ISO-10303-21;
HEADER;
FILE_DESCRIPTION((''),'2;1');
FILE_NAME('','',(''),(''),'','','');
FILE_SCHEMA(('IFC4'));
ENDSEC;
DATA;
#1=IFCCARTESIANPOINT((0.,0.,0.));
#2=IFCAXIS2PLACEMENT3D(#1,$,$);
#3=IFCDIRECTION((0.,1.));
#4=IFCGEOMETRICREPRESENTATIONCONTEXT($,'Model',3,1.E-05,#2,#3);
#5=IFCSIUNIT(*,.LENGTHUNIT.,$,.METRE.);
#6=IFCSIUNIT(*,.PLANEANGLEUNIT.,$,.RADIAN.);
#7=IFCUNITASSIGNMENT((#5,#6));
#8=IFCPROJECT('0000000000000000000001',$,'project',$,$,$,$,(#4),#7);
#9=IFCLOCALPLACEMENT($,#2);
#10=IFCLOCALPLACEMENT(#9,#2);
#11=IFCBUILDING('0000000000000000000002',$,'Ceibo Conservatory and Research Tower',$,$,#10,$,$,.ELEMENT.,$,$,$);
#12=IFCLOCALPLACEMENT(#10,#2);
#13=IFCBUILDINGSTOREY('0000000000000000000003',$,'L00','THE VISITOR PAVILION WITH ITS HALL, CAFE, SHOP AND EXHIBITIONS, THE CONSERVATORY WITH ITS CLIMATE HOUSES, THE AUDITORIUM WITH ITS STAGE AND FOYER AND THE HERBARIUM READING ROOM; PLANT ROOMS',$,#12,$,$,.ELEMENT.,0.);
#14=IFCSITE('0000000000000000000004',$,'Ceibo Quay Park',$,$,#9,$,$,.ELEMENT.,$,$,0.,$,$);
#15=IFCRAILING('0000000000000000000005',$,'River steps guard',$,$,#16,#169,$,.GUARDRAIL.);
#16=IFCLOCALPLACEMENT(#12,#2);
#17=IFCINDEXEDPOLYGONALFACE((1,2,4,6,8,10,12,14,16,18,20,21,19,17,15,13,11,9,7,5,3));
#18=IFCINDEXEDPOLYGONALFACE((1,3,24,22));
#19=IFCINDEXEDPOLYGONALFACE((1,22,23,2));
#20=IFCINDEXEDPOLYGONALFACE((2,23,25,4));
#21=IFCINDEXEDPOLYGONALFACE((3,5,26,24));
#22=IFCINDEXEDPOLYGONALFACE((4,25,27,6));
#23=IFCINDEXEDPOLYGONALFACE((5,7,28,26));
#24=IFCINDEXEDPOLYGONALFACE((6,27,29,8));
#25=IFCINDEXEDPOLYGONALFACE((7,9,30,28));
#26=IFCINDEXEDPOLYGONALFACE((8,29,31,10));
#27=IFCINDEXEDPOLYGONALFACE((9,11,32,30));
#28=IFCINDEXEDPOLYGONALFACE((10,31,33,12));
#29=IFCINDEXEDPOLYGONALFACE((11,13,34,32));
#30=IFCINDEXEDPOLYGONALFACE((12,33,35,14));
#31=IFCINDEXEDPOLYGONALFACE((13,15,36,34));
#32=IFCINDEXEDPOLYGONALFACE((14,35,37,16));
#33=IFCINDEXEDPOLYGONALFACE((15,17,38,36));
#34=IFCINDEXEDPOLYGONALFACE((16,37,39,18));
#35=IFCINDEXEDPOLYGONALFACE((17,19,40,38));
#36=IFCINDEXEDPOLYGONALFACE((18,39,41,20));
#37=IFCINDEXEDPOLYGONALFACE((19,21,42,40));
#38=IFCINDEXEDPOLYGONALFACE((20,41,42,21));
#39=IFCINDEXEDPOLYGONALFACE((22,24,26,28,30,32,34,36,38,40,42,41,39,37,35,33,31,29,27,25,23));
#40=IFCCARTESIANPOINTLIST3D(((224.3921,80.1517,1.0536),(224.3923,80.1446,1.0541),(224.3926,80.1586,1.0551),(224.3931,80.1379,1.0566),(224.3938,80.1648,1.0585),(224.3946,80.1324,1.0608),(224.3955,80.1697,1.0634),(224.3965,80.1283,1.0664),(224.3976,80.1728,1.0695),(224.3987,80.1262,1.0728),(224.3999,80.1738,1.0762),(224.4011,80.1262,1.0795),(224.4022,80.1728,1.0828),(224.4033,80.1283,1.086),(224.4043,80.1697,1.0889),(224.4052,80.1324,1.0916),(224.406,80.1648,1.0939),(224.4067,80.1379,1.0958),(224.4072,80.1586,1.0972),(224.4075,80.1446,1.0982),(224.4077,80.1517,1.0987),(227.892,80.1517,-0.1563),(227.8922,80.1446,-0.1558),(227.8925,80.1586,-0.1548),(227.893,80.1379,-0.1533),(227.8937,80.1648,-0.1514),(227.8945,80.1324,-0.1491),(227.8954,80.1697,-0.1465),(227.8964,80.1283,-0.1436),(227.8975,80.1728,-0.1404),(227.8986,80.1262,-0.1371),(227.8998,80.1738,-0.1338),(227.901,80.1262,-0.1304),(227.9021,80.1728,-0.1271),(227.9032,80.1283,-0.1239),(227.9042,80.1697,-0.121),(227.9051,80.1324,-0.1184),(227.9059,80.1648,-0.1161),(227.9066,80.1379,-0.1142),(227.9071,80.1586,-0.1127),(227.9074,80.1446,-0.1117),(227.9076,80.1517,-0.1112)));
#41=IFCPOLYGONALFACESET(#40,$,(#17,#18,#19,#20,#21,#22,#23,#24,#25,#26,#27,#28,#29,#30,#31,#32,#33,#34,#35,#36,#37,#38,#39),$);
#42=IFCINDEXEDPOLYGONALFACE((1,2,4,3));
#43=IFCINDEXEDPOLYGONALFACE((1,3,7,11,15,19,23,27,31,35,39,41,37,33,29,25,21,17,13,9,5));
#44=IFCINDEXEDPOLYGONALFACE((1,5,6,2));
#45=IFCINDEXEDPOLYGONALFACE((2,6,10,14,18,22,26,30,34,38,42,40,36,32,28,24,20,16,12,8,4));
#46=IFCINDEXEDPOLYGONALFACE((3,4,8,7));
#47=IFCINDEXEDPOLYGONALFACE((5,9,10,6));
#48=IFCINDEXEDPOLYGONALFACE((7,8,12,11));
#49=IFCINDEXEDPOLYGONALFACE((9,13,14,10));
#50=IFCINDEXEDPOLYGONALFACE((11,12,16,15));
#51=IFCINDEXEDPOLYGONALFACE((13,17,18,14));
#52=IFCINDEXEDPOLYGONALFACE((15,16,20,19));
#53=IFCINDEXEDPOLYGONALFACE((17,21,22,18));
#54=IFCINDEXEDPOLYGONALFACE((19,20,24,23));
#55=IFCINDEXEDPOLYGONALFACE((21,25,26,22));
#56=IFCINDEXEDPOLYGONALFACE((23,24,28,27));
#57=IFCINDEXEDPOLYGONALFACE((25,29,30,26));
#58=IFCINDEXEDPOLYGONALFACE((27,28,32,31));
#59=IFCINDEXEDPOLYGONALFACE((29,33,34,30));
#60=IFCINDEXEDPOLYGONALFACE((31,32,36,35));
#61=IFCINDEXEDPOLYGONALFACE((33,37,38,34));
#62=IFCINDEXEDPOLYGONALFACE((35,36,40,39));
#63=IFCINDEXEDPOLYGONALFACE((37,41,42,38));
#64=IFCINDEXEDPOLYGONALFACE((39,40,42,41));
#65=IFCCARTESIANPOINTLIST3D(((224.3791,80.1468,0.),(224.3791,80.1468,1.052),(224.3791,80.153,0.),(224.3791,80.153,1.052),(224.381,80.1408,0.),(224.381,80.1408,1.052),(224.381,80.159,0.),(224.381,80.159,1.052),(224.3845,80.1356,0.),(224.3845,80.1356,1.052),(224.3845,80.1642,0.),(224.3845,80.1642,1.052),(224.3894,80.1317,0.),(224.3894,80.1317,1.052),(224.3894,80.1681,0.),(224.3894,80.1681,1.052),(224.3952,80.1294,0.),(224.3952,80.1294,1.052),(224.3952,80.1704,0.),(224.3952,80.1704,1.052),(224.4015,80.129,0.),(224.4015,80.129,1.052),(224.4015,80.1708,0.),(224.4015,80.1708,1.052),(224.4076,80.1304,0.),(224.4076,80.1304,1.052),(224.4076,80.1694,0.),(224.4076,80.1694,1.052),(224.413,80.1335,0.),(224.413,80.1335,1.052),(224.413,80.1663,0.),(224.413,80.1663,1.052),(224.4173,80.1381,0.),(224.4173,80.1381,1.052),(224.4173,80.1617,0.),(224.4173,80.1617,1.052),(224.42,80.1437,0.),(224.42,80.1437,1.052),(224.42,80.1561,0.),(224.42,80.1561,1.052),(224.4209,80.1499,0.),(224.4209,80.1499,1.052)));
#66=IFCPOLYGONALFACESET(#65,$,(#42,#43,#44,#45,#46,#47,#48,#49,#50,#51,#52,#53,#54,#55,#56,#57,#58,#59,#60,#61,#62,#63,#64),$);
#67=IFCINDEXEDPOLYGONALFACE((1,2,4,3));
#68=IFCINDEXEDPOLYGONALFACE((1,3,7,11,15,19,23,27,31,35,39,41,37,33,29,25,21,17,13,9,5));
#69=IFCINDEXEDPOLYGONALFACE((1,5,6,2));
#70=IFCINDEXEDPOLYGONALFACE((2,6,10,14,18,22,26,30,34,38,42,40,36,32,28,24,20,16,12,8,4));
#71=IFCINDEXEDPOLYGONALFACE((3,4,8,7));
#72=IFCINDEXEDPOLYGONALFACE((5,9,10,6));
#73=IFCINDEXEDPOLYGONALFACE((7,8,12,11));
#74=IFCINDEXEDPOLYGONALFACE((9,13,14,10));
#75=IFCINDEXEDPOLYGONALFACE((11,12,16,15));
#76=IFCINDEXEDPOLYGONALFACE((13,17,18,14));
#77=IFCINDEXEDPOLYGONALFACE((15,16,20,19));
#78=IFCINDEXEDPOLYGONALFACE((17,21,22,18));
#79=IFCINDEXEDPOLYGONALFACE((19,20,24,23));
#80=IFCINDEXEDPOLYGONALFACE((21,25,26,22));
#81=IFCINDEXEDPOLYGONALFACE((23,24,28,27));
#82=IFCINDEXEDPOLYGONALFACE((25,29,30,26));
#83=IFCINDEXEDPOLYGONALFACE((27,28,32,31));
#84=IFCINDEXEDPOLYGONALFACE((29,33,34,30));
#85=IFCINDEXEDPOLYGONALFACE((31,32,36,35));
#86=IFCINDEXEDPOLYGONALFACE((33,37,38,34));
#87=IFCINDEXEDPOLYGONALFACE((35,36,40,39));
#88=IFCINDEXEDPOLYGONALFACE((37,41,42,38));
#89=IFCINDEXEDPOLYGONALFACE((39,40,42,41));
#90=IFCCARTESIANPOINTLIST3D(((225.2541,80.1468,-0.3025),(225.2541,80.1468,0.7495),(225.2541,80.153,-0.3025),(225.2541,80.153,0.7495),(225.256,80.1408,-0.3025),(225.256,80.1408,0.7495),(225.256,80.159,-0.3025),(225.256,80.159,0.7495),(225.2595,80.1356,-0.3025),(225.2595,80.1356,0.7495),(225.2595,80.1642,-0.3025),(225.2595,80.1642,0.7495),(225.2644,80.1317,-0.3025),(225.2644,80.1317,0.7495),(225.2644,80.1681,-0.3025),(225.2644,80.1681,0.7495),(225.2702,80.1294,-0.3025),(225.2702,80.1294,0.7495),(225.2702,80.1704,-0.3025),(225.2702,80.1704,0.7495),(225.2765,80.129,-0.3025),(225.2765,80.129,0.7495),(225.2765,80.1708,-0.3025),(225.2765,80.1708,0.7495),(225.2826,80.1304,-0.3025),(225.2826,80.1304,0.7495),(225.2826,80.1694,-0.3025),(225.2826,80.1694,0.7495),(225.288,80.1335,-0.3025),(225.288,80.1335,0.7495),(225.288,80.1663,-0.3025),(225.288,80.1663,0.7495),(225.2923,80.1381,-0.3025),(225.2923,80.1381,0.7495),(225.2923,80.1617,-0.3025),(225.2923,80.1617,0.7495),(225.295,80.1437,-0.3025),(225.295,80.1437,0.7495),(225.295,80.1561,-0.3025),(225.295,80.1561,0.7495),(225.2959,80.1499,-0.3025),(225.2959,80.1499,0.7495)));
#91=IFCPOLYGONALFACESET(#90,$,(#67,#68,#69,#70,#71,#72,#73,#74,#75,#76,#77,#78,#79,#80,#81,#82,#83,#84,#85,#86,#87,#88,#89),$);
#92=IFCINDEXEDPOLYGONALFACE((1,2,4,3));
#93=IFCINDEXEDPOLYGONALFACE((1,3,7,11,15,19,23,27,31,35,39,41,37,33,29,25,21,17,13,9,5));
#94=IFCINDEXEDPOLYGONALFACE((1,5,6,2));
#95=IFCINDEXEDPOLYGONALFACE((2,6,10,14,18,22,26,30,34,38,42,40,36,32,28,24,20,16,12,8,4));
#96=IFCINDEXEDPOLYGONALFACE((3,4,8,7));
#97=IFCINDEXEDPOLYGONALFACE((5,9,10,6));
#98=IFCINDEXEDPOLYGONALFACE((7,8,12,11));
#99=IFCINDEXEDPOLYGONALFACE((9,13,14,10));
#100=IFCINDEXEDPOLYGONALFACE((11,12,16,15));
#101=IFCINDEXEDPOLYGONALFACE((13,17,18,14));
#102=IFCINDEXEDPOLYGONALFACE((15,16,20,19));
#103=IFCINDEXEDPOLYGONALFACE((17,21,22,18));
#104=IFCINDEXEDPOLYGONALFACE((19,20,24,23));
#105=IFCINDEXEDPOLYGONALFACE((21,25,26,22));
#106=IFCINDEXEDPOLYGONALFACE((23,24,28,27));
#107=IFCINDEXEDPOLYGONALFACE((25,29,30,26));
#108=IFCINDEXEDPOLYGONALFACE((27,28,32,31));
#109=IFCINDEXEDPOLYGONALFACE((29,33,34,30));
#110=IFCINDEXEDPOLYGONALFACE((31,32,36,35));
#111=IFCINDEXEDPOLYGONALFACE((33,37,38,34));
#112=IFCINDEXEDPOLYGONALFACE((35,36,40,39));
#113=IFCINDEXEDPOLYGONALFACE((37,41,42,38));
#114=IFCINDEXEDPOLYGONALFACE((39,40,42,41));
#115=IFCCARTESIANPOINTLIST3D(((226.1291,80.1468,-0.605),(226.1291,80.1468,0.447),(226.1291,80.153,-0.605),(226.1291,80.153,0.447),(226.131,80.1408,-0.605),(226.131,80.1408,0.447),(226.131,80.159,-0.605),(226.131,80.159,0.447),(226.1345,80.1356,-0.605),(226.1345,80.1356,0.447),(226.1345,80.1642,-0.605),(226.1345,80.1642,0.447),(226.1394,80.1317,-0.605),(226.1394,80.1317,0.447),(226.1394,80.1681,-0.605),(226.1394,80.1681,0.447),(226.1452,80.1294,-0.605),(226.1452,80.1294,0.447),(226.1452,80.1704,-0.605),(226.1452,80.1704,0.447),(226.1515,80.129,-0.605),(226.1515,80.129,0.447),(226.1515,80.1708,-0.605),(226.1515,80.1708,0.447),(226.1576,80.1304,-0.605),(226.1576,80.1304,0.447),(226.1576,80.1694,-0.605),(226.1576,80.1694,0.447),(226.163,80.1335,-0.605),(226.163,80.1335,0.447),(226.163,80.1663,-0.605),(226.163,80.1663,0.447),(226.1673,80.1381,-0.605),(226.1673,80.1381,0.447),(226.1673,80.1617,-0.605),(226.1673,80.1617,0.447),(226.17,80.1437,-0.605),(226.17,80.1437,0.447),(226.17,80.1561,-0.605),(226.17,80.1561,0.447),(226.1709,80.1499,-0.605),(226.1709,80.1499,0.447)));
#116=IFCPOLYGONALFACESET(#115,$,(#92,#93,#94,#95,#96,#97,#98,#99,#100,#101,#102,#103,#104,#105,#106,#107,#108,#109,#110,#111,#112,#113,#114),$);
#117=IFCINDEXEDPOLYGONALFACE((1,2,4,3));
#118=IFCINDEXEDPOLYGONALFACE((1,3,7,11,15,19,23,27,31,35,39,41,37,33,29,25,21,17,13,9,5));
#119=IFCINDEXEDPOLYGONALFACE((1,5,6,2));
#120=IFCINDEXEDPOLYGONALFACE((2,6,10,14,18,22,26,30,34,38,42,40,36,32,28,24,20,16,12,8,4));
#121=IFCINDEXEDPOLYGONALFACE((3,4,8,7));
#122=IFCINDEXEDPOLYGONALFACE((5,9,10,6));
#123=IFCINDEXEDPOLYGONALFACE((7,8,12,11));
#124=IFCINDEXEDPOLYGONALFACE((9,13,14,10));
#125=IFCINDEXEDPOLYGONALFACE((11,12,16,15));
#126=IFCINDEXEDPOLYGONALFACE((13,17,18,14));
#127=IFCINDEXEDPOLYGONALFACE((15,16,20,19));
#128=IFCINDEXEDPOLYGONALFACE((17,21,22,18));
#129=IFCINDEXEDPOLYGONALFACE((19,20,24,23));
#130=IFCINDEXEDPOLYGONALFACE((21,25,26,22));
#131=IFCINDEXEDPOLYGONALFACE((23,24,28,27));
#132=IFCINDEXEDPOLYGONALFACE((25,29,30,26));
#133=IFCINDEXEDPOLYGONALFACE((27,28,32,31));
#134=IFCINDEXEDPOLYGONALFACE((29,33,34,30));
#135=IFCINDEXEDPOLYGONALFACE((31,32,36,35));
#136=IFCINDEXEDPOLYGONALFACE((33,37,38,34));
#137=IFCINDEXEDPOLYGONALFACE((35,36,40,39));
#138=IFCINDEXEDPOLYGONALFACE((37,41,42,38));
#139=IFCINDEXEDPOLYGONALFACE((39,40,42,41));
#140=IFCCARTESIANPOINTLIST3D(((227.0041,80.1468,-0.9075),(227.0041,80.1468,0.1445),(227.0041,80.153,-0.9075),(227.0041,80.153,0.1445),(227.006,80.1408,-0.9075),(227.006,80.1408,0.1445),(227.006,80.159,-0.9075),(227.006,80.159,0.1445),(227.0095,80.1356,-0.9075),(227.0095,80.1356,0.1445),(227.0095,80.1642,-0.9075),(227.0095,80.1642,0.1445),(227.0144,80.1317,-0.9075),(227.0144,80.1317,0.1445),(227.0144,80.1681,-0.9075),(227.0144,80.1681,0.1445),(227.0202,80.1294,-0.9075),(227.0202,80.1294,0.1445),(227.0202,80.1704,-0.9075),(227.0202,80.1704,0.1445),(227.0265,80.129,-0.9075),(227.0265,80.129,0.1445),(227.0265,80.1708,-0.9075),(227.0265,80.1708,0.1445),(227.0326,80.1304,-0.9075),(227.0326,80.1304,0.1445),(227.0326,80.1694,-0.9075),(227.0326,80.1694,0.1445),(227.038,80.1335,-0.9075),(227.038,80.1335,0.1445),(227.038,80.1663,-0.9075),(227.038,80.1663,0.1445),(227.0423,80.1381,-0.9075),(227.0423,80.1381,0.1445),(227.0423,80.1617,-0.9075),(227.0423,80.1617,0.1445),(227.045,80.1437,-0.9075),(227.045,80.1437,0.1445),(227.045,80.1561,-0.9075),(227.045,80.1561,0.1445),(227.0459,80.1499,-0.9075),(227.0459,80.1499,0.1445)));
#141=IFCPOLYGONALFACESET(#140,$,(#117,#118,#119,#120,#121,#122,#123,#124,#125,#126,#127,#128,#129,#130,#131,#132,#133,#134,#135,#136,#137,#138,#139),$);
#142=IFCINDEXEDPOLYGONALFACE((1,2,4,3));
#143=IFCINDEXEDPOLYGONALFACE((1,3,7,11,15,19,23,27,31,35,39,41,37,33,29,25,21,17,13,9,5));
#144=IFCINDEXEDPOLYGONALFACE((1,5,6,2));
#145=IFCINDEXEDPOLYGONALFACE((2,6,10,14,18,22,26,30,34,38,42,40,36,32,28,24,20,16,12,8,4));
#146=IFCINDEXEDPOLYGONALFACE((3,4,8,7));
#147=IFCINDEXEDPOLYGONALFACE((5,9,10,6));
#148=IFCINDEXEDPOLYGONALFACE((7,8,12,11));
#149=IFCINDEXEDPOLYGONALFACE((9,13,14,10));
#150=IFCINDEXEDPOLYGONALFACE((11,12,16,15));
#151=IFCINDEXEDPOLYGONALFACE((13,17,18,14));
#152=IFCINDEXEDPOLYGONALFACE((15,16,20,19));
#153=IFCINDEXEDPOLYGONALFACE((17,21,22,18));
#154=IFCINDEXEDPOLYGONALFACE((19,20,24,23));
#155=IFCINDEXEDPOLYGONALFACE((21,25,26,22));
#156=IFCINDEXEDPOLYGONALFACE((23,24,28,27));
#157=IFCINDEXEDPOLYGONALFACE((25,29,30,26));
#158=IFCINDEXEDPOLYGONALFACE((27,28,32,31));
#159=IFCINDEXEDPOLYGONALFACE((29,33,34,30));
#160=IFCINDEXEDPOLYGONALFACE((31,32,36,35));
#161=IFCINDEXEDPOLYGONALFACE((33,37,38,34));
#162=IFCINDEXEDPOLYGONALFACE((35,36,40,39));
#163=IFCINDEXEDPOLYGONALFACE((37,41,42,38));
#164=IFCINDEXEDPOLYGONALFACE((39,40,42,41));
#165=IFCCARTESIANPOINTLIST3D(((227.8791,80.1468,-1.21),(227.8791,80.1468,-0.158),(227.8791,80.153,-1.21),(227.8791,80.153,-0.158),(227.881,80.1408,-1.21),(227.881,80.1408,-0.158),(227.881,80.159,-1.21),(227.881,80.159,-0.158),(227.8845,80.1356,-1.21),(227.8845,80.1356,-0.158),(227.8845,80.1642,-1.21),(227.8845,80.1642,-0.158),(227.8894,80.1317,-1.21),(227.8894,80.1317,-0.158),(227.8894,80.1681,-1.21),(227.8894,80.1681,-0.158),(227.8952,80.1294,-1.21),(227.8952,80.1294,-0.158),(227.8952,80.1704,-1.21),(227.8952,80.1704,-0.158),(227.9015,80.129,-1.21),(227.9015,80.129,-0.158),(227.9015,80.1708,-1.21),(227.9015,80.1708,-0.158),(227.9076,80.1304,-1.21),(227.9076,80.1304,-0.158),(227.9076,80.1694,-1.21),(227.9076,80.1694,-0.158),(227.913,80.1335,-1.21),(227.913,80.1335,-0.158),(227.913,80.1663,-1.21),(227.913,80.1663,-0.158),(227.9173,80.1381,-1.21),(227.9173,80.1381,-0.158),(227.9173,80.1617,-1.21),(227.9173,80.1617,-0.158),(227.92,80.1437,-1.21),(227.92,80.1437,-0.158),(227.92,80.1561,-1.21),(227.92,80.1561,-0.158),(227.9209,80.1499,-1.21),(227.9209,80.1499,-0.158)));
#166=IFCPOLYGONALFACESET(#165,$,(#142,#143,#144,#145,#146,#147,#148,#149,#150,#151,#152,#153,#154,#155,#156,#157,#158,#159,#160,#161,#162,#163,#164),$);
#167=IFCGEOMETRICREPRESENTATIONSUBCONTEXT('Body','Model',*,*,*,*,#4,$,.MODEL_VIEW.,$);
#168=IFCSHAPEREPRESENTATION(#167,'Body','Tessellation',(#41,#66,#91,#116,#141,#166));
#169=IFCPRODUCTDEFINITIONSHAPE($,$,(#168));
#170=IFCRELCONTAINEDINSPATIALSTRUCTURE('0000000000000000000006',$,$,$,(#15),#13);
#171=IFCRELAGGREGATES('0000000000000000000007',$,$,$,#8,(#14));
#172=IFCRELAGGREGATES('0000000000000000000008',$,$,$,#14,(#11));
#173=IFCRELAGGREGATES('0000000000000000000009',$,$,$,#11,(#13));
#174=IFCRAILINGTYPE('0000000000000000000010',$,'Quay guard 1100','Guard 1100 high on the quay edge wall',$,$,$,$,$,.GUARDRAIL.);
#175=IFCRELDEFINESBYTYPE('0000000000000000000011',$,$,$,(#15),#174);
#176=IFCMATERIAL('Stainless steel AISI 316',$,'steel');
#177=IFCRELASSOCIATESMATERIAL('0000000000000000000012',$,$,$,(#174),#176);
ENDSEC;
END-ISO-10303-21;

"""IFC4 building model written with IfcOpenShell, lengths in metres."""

from ifc_helpers import new_model, si_unit, direction, frame, origin, origin_2d, place, context, subcontext, project, spatial, circle, extrude, material, type_object, element, save


model = new_model("IFC4")

# Units and contexts
model_context = context("Model", 3, precision=1e-05, world=origin(), true_north=direction((0.0, 1.0)))
body_context = subcontext(model_context, "Body", "Model", "MODEL_VIEW")
ifc_project = project(units=[si_unit("LENGTHUNIT", "METRE"), si_unit("PLANEANGLEUNIT", "RADIAN")], contexts=[model_context])

# Site, building, storey
site_placement = place(None, origin())
site = spatial("IfcSite", under=ifc_project, at=site_placement, Name="Ceibo Quay Park", CompositionType="ELEMENT", RefElevation=0.0)
building_placement = place(site_placement, origin())
building = spatial("IfcBuilding", under=site, at=building_placement, Name="Ceibo Conservatory and Research Tower", CompositionType="ELEMENT")
storey_placement = place(building_placement, origin())
storey = spatial("IfcBuildingStorey", under=building, at=storey_placement, Name="L00", Description="THE VISITOR PAVILION WITH ITS HALL, CAFE, SHOP AND EXHIBITIONS, THE CONSERVATORY WITH ITS CLIMATE HOUSES, THE AUDITORIUM WITH ITS STAGE AND FOYER AND THE HERBARIUM READING ROOM; PLANT ROOMS", CompositionType="ELEMENT", Elevation=0.0)

# Railing
ifc_material_1 = material(Name="Stainless steel AISI 316", Category="steel")
railing_type = type_object("IfcRailingType", Name="Quay guard 1100", Description="Guard 1100 high on the quay edge wall", PredefinedType="GUARDRAIL", material=ifc_material_1)
for number, where, name in (
    (1, (224.3999, 80.1499, 0.0), "River steps guard"),
):
    element("IfcRailing", number, at=place(storey_placement, frame(where)), inside=storey, type_object=railing_type, Name=name, PredefinedType="GUARDRAIL", context=body_context, shape_type="SweptSolid", body=[
        extrude(circle(Radius=0.0239, at=origin_2d()), frame((0.0, 0.0, 1.0762), z_axis=(0.945118, 0.0, -0.32673), x_axis=(0.0, 1.0, 0.0)), (0.0, 0.0, 1.0), 3.7031),
        extrude(circle(Radius=0.021, at=origin_2d()), origin(), (0.0, 0.0, 1.0), 1.052),
        extrude(circle(Radius=0.021, at=origin_2d()), frame((0.875, 0.0, -0.3025)), (0.0, 0.0, 1.0), 1.052),
        extrude(circle(Radius=0.021, at=origin_2d()), frame((1.75, 0.0, -0.605)), (0.0, 0.0, 1.0), 1.052),
        extrude(circle(Radius=0.021, at=origin_2d()), frame((2.625, 0.0, -0.9075)), (0.0, 0.0, 1.0), 1.052),
        extrude(circle(Radius=0.021, at=origin_2d()), frame((3.5, 0.0, -1.21)), (0.0, 0.0, 1.0), 1.052),
    ])

save(model, "model.ifc")
